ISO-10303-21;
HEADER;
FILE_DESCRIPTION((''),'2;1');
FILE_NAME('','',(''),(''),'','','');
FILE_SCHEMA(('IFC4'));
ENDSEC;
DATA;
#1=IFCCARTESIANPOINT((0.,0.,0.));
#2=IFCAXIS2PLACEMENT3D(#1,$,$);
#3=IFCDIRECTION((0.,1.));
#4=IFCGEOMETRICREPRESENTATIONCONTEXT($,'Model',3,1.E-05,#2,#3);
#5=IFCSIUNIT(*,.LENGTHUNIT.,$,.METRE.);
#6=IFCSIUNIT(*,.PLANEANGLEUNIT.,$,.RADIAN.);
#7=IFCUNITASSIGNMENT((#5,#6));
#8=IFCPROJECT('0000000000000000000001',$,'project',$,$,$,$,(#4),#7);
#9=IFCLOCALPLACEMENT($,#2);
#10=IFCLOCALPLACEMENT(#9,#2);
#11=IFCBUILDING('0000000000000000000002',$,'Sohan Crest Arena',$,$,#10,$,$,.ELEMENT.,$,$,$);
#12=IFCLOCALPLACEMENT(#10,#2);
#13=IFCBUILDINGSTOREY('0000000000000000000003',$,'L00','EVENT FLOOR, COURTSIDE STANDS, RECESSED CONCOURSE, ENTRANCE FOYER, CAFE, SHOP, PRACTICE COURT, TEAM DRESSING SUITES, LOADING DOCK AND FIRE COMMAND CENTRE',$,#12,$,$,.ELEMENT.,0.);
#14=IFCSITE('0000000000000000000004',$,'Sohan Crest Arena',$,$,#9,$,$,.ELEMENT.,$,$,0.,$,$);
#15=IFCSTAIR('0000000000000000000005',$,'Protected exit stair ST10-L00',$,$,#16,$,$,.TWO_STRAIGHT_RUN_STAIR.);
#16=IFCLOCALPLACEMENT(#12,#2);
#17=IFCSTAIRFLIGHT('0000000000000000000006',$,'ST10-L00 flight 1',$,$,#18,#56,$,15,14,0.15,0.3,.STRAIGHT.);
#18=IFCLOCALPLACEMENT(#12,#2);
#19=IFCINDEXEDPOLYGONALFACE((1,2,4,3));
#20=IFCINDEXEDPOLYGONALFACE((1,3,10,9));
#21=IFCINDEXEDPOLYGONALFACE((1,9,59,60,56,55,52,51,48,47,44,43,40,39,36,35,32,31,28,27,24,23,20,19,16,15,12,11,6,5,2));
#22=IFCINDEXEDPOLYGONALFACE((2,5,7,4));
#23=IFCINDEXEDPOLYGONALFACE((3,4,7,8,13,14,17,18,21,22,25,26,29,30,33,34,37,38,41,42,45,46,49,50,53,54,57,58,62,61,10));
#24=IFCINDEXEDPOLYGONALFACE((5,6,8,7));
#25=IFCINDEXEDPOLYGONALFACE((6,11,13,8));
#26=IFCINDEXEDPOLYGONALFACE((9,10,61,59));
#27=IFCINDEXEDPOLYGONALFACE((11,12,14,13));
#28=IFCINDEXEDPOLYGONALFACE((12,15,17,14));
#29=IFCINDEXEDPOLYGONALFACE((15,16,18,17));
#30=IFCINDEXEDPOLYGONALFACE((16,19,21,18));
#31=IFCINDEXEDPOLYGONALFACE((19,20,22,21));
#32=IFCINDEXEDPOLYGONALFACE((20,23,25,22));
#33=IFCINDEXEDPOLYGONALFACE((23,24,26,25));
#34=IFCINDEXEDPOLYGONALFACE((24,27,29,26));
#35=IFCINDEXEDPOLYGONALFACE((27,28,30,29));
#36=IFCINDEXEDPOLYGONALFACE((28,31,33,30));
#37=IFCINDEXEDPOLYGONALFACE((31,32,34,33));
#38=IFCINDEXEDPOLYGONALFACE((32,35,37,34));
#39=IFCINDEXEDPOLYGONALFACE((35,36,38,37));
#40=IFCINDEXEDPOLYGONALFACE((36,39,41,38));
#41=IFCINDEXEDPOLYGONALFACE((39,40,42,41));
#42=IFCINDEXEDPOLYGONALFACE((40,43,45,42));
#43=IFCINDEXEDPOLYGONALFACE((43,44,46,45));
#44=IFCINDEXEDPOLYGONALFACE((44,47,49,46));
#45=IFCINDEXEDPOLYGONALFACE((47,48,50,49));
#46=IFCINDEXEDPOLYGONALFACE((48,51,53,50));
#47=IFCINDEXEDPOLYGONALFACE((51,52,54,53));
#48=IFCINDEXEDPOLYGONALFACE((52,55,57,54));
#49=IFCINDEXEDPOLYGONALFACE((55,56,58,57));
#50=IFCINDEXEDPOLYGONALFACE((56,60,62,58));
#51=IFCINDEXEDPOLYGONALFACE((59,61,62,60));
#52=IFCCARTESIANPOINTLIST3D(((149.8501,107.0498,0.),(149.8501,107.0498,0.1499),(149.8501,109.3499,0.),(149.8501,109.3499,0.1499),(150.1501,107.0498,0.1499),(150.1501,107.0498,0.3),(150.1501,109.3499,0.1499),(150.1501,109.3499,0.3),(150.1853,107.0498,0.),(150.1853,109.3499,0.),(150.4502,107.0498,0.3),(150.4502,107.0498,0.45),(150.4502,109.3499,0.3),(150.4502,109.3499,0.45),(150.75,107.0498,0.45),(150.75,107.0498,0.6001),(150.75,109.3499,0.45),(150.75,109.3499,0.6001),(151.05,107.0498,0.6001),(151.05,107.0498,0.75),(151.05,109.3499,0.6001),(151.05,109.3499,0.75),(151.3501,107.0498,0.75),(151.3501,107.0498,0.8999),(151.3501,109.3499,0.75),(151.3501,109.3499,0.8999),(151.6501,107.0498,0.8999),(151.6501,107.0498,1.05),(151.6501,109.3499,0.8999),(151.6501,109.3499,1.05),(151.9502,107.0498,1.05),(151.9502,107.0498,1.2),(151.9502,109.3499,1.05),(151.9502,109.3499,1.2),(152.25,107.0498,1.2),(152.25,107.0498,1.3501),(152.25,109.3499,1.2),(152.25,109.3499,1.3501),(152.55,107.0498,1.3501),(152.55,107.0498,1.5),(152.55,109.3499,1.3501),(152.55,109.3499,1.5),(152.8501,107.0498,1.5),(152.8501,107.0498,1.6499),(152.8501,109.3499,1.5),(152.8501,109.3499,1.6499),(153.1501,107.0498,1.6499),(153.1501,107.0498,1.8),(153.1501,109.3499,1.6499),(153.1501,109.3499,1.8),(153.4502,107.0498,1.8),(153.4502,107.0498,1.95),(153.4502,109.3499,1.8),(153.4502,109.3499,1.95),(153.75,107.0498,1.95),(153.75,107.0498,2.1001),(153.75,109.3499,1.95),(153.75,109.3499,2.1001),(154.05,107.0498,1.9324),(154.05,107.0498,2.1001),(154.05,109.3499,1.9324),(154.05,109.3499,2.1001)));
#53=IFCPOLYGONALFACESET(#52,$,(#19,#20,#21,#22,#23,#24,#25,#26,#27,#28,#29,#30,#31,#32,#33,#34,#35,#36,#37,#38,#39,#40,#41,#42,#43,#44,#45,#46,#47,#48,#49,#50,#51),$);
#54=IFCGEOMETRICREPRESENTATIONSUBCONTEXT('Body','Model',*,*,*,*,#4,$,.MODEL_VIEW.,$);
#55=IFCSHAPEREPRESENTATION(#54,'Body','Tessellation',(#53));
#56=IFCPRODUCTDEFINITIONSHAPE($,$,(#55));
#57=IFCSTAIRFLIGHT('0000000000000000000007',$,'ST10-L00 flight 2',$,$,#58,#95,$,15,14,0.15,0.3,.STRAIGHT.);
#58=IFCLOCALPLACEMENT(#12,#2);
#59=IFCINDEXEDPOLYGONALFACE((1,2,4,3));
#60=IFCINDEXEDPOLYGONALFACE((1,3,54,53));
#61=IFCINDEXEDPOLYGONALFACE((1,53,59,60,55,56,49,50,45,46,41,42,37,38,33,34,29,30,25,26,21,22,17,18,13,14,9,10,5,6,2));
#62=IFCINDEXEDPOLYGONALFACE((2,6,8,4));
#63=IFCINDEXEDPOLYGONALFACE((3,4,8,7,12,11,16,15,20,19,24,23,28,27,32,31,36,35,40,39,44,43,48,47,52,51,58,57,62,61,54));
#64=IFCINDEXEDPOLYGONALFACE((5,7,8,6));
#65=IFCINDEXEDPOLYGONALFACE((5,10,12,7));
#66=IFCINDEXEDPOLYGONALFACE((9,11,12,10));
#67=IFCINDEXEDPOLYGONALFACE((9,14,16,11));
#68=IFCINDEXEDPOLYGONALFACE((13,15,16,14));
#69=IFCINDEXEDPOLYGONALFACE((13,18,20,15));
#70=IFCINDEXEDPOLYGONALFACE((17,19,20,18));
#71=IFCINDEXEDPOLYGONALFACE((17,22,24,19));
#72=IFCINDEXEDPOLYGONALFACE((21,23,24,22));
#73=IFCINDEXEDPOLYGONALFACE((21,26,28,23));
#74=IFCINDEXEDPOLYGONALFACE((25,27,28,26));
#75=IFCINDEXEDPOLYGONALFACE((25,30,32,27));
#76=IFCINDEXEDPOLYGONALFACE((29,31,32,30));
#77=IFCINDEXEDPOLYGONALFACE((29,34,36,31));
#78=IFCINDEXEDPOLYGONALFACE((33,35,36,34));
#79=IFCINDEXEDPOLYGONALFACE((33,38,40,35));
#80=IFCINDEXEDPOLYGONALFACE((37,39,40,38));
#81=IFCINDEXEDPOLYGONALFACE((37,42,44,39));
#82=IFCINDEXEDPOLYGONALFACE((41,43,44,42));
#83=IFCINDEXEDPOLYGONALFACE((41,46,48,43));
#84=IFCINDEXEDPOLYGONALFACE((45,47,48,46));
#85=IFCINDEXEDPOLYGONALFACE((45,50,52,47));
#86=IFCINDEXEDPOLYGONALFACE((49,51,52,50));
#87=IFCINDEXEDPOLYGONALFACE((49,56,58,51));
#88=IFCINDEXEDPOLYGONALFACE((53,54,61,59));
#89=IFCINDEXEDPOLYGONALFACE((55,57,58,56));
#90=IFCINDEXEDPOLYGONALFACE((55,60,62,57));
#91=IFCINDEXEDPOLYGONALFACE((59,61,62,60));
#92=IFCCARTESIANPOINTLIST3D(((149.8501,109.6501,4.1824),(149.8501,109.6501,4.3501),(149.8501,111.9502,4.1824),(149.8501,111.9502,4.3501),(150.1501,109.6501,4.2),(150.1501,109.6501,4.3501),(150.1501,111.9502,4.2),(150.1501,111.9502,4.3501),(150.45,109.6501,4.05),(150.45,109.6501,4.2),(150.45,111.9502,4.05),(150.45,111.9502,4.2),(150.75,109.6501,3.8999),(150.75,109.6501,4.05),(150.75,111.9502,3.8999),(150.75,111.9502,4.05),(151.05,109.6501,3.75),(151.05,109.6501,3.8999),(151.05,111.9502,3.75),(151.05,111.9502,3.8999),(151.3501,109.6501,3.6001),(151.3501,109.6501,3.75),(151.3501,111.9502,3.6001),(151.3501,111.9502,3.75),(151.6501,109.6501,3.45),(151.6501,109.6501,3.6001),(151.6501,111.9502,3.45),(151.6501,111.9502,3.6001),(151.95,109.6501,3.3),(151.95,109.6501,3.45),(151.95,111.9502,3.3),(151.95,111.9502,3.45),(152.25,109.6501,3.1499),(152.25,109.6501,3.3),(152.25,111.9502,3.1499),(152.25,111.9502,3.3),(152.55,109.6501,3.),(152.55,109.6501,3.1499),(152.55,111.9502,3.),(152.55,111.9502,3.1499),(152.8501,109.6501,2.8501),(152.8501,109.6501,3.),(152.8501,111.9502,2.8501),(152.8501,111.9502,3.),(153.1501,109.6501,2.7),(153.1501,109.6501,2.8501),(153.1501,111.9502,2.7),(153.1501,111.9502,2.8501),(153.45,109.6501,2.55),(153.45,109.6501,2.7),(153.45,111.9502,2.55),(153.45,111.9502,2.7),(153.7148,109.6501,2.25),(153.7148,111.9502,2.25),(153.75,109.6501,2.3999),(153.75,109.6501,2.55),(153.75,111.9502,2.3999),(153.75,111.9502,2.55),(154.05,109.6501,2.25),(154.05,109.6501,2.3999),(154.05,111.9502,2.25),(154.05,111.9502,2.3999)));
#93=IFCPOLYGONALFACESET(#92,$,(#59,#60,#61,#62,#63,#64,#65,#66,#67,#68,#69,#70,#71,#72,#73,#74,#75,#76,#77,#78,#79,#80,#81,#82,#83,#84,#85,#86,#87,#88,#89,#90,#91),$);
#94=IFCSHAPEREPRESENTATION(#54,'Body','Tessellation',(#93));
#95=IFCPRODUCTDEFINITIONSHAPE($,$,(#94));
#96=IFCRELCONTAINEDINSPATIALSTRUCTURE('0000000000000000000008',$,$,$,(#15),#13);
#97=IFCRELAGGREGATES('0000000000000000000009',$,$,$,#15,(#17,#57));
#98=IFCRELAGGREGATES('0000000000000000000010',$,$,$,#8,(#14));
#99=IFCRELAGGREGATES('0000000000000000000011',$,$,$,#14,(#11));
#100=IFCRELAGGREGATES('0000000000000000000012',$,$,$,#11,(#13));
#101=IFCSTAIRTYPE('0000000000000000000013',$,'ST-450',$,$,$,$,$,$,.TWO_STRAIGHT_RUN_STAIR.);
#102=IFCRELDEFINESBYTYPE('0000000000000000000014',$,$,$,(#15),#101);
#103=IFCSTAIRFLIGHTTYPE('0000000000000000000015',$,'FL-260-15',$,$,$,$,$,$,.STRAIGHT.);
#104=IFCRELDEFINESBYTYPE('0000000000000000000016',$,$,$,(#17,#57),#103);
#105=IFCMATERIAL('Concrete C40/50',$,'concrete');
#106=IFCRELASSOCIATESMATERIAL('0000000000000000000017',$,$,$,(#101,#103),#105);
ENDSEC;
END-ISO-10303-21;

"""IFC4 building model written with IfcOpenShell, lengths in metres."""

from ifc_helpers import new_model, si_unit, direction, frame, origin, place, context, subcontext, project, spatial, polyline, outline, extrude, material, type_object, element, aggregate, save


model = new_model("IFC4")

# Units and contexts
model_context = context("Model", 3, precision=1e-05, world=origin(), true_north=direction((0.0, 1.0)))
body_context = subcontext(model_context, "Body", "Model", "MODEL_VIEW")
ifc_project = project(units=[si_unit("LENGTHUNIT", "METRE"), si_unit("PLANEANGLEUNIT", "RADIAN")], contexts=[model_context])

# Site, building, storey
site_placement = place(None, origin())
site = spatial("IfcSite", under=ifc_project, at=site_placement, Name="Sohan Crest Arena", CompositionType="ELEMENT", RefElevation=0.0)
building_placement = place(site_placement, origin())
building = spatial("IfcBuilding", under=site, at=building_placement, Name="Sohan Crest Arena", CompositionType="ELEMENT")
storey_placement = place(building_placement, origin())
storey = spatial("IfcBuildingStorey", under=building, at=storey_placement, Name="L00", Description="EVENT FLOOR, COURTSIDE STANDS, RECESSED CONCOURSE, ENTRANCE FOYER, CAFE, SHOP, PRACTICE COURT, TEAM DRESSING SUITES, LOADING DOCK AND FIRE COMMAND CENTRE", CompositionType="ELEMENT", Elevation=0.0)

# Shared definitions
ifc_material_1 = material(Name="Concrete C40/50", Category="concrete")

# Stair, stair flights
stair_type = type_object("IfcStairType", Name="ST-450", PredefinedType="TWO_STRAIGHT_RUN_STAIR", material=ifc_material_1)
stair_placement = place(storey_placement, origin())
stair = element("IfcStair", 1, at=stair_placement, inside=storey, type_object=stair_type, Name="Protected exit stair ST10-L00", PredefinedType="TWO_STRAIGHT_RUN_STAIR")
stair_flight_type = type_object("IfcStairFlightType", Name="FL-260-15", PredefinedType="STRAIGHT", material=ifc_material_1)
stair_flight_1_placement = place(storey_placement, frame((149.8501, 108.2, 0.0), z_axis=(0.0, 0.0, 1.0), x_axis=(1.0, 0.0, 0.0)))
stair_flight_1 = element("IfcStairFlight", 2, at=stair_flight_1_placement, type_object=stair_flight_type, Name="ST10-L00 flight 1", NumberOfRisers=15, NumberOfTreads=14, PredefinedType="STRAIGHT", RiserHeight=0.15, TreadLength=0.3, context=body_context, shape_type="SweptSolid", body=[
    extrude(outline(polyline([(0.0, 0.0), (0.0, 0.1499), (0.3, 0.1499), (0.3, 0.3), (0.6001, 0.3), (0.6001, 0.45), (0.8999, 0.45), (0.8999, 0.6001), (1.2, 0.6001), (1.2, 0.75), (1.5, 0.75), (1.5, 0.8999), (1.8, 0.8999), (1.8, 1.05), (2.1001, 1.05), (2.1001, 1.2), (2.3999, 1.2), (2.3999, 1.3501), (2.7, 1.3501), (2.7, 1.5), (3.0, 1.5), (3.0, 1.6499), (3.3, 1.6499), (3.3, 1.8), (3.6001, 1.8), (3.6001, 1.95), (3.8999, 1.95), (3.8999, 2.1001), (4.2, 2.1001), (4.2, 2.25), (4.2, 1.9324), (0.3352, 0.0), (0.0, 0.0)])), frame((0.0, 1.1499, 0.0), z_axis=(0.0, -1.0, 0.0), x_axis=(1.0, 0.0, 0.0)), (0.0, 0.0, 1.0), 2.3),
])
stair_flight_2_placement = place(storey_placement, frame((154.05, 110.8, 2.25), z_axis=(0.0, 0.0, 1.0), x_axis=(-1.0, 0.0, 0.0)))
stair_flight_2 = element("IfcStairFlight", 3, at=stair_flight_2_placement, type_object=stair_flight_type, Name="ST10-L00 flight 2", NumberOfRisers=15, NumberOfTreads=14, PredefinedType="STRAIGHT", RiserHeight=0.15, TreadLength=0.3, context=body_context, shape_type="SweptSolid", body=[
    extrude(outline(polyline([(0.0, 0.0), (0.0, 0.1499), (0.3, 0.1499), (0.3, 0.3), (0.6001, 0.3), (0.6001, 0.45), (0.8999, 0.45), (0.8999, 0.6001), (1.2, 0.6001), (1.2, 0.75), (1.5, 0.75), (1.5, 0.8999), (1.8, 0.8999), (1.8, 1.05), (2.1001, 1.05), (2.1001, 1.2), (2.3999, 1.2), (2.3999, 1.3501), (2.7, 1.3501), (2.7, 1.5), (3.0, 1.5), (3.0, 1.6499), (3.3, 1.6499), (3.3, 1.8), (3.6001, 1.8), (3.6001, 1.95), (3.8999, 1.95), (3.8999, 2.1001), (4.2, 2.1001), (4.2, 2.25), (4.2, 1.9324), (0.3352, 0.0), (0.0, 0.0)])), frame((0.0, 1.1499, 0.0), z_axis=(0.0, -1.0, 0.0), x_axis=(1.0, 0.0, 0.0)), (0.0, 0.0, 1.0), 2.3),
])
aggregate(stair, [stair_flight_1, stair_flight_2])

save(model, "model.ifc")
